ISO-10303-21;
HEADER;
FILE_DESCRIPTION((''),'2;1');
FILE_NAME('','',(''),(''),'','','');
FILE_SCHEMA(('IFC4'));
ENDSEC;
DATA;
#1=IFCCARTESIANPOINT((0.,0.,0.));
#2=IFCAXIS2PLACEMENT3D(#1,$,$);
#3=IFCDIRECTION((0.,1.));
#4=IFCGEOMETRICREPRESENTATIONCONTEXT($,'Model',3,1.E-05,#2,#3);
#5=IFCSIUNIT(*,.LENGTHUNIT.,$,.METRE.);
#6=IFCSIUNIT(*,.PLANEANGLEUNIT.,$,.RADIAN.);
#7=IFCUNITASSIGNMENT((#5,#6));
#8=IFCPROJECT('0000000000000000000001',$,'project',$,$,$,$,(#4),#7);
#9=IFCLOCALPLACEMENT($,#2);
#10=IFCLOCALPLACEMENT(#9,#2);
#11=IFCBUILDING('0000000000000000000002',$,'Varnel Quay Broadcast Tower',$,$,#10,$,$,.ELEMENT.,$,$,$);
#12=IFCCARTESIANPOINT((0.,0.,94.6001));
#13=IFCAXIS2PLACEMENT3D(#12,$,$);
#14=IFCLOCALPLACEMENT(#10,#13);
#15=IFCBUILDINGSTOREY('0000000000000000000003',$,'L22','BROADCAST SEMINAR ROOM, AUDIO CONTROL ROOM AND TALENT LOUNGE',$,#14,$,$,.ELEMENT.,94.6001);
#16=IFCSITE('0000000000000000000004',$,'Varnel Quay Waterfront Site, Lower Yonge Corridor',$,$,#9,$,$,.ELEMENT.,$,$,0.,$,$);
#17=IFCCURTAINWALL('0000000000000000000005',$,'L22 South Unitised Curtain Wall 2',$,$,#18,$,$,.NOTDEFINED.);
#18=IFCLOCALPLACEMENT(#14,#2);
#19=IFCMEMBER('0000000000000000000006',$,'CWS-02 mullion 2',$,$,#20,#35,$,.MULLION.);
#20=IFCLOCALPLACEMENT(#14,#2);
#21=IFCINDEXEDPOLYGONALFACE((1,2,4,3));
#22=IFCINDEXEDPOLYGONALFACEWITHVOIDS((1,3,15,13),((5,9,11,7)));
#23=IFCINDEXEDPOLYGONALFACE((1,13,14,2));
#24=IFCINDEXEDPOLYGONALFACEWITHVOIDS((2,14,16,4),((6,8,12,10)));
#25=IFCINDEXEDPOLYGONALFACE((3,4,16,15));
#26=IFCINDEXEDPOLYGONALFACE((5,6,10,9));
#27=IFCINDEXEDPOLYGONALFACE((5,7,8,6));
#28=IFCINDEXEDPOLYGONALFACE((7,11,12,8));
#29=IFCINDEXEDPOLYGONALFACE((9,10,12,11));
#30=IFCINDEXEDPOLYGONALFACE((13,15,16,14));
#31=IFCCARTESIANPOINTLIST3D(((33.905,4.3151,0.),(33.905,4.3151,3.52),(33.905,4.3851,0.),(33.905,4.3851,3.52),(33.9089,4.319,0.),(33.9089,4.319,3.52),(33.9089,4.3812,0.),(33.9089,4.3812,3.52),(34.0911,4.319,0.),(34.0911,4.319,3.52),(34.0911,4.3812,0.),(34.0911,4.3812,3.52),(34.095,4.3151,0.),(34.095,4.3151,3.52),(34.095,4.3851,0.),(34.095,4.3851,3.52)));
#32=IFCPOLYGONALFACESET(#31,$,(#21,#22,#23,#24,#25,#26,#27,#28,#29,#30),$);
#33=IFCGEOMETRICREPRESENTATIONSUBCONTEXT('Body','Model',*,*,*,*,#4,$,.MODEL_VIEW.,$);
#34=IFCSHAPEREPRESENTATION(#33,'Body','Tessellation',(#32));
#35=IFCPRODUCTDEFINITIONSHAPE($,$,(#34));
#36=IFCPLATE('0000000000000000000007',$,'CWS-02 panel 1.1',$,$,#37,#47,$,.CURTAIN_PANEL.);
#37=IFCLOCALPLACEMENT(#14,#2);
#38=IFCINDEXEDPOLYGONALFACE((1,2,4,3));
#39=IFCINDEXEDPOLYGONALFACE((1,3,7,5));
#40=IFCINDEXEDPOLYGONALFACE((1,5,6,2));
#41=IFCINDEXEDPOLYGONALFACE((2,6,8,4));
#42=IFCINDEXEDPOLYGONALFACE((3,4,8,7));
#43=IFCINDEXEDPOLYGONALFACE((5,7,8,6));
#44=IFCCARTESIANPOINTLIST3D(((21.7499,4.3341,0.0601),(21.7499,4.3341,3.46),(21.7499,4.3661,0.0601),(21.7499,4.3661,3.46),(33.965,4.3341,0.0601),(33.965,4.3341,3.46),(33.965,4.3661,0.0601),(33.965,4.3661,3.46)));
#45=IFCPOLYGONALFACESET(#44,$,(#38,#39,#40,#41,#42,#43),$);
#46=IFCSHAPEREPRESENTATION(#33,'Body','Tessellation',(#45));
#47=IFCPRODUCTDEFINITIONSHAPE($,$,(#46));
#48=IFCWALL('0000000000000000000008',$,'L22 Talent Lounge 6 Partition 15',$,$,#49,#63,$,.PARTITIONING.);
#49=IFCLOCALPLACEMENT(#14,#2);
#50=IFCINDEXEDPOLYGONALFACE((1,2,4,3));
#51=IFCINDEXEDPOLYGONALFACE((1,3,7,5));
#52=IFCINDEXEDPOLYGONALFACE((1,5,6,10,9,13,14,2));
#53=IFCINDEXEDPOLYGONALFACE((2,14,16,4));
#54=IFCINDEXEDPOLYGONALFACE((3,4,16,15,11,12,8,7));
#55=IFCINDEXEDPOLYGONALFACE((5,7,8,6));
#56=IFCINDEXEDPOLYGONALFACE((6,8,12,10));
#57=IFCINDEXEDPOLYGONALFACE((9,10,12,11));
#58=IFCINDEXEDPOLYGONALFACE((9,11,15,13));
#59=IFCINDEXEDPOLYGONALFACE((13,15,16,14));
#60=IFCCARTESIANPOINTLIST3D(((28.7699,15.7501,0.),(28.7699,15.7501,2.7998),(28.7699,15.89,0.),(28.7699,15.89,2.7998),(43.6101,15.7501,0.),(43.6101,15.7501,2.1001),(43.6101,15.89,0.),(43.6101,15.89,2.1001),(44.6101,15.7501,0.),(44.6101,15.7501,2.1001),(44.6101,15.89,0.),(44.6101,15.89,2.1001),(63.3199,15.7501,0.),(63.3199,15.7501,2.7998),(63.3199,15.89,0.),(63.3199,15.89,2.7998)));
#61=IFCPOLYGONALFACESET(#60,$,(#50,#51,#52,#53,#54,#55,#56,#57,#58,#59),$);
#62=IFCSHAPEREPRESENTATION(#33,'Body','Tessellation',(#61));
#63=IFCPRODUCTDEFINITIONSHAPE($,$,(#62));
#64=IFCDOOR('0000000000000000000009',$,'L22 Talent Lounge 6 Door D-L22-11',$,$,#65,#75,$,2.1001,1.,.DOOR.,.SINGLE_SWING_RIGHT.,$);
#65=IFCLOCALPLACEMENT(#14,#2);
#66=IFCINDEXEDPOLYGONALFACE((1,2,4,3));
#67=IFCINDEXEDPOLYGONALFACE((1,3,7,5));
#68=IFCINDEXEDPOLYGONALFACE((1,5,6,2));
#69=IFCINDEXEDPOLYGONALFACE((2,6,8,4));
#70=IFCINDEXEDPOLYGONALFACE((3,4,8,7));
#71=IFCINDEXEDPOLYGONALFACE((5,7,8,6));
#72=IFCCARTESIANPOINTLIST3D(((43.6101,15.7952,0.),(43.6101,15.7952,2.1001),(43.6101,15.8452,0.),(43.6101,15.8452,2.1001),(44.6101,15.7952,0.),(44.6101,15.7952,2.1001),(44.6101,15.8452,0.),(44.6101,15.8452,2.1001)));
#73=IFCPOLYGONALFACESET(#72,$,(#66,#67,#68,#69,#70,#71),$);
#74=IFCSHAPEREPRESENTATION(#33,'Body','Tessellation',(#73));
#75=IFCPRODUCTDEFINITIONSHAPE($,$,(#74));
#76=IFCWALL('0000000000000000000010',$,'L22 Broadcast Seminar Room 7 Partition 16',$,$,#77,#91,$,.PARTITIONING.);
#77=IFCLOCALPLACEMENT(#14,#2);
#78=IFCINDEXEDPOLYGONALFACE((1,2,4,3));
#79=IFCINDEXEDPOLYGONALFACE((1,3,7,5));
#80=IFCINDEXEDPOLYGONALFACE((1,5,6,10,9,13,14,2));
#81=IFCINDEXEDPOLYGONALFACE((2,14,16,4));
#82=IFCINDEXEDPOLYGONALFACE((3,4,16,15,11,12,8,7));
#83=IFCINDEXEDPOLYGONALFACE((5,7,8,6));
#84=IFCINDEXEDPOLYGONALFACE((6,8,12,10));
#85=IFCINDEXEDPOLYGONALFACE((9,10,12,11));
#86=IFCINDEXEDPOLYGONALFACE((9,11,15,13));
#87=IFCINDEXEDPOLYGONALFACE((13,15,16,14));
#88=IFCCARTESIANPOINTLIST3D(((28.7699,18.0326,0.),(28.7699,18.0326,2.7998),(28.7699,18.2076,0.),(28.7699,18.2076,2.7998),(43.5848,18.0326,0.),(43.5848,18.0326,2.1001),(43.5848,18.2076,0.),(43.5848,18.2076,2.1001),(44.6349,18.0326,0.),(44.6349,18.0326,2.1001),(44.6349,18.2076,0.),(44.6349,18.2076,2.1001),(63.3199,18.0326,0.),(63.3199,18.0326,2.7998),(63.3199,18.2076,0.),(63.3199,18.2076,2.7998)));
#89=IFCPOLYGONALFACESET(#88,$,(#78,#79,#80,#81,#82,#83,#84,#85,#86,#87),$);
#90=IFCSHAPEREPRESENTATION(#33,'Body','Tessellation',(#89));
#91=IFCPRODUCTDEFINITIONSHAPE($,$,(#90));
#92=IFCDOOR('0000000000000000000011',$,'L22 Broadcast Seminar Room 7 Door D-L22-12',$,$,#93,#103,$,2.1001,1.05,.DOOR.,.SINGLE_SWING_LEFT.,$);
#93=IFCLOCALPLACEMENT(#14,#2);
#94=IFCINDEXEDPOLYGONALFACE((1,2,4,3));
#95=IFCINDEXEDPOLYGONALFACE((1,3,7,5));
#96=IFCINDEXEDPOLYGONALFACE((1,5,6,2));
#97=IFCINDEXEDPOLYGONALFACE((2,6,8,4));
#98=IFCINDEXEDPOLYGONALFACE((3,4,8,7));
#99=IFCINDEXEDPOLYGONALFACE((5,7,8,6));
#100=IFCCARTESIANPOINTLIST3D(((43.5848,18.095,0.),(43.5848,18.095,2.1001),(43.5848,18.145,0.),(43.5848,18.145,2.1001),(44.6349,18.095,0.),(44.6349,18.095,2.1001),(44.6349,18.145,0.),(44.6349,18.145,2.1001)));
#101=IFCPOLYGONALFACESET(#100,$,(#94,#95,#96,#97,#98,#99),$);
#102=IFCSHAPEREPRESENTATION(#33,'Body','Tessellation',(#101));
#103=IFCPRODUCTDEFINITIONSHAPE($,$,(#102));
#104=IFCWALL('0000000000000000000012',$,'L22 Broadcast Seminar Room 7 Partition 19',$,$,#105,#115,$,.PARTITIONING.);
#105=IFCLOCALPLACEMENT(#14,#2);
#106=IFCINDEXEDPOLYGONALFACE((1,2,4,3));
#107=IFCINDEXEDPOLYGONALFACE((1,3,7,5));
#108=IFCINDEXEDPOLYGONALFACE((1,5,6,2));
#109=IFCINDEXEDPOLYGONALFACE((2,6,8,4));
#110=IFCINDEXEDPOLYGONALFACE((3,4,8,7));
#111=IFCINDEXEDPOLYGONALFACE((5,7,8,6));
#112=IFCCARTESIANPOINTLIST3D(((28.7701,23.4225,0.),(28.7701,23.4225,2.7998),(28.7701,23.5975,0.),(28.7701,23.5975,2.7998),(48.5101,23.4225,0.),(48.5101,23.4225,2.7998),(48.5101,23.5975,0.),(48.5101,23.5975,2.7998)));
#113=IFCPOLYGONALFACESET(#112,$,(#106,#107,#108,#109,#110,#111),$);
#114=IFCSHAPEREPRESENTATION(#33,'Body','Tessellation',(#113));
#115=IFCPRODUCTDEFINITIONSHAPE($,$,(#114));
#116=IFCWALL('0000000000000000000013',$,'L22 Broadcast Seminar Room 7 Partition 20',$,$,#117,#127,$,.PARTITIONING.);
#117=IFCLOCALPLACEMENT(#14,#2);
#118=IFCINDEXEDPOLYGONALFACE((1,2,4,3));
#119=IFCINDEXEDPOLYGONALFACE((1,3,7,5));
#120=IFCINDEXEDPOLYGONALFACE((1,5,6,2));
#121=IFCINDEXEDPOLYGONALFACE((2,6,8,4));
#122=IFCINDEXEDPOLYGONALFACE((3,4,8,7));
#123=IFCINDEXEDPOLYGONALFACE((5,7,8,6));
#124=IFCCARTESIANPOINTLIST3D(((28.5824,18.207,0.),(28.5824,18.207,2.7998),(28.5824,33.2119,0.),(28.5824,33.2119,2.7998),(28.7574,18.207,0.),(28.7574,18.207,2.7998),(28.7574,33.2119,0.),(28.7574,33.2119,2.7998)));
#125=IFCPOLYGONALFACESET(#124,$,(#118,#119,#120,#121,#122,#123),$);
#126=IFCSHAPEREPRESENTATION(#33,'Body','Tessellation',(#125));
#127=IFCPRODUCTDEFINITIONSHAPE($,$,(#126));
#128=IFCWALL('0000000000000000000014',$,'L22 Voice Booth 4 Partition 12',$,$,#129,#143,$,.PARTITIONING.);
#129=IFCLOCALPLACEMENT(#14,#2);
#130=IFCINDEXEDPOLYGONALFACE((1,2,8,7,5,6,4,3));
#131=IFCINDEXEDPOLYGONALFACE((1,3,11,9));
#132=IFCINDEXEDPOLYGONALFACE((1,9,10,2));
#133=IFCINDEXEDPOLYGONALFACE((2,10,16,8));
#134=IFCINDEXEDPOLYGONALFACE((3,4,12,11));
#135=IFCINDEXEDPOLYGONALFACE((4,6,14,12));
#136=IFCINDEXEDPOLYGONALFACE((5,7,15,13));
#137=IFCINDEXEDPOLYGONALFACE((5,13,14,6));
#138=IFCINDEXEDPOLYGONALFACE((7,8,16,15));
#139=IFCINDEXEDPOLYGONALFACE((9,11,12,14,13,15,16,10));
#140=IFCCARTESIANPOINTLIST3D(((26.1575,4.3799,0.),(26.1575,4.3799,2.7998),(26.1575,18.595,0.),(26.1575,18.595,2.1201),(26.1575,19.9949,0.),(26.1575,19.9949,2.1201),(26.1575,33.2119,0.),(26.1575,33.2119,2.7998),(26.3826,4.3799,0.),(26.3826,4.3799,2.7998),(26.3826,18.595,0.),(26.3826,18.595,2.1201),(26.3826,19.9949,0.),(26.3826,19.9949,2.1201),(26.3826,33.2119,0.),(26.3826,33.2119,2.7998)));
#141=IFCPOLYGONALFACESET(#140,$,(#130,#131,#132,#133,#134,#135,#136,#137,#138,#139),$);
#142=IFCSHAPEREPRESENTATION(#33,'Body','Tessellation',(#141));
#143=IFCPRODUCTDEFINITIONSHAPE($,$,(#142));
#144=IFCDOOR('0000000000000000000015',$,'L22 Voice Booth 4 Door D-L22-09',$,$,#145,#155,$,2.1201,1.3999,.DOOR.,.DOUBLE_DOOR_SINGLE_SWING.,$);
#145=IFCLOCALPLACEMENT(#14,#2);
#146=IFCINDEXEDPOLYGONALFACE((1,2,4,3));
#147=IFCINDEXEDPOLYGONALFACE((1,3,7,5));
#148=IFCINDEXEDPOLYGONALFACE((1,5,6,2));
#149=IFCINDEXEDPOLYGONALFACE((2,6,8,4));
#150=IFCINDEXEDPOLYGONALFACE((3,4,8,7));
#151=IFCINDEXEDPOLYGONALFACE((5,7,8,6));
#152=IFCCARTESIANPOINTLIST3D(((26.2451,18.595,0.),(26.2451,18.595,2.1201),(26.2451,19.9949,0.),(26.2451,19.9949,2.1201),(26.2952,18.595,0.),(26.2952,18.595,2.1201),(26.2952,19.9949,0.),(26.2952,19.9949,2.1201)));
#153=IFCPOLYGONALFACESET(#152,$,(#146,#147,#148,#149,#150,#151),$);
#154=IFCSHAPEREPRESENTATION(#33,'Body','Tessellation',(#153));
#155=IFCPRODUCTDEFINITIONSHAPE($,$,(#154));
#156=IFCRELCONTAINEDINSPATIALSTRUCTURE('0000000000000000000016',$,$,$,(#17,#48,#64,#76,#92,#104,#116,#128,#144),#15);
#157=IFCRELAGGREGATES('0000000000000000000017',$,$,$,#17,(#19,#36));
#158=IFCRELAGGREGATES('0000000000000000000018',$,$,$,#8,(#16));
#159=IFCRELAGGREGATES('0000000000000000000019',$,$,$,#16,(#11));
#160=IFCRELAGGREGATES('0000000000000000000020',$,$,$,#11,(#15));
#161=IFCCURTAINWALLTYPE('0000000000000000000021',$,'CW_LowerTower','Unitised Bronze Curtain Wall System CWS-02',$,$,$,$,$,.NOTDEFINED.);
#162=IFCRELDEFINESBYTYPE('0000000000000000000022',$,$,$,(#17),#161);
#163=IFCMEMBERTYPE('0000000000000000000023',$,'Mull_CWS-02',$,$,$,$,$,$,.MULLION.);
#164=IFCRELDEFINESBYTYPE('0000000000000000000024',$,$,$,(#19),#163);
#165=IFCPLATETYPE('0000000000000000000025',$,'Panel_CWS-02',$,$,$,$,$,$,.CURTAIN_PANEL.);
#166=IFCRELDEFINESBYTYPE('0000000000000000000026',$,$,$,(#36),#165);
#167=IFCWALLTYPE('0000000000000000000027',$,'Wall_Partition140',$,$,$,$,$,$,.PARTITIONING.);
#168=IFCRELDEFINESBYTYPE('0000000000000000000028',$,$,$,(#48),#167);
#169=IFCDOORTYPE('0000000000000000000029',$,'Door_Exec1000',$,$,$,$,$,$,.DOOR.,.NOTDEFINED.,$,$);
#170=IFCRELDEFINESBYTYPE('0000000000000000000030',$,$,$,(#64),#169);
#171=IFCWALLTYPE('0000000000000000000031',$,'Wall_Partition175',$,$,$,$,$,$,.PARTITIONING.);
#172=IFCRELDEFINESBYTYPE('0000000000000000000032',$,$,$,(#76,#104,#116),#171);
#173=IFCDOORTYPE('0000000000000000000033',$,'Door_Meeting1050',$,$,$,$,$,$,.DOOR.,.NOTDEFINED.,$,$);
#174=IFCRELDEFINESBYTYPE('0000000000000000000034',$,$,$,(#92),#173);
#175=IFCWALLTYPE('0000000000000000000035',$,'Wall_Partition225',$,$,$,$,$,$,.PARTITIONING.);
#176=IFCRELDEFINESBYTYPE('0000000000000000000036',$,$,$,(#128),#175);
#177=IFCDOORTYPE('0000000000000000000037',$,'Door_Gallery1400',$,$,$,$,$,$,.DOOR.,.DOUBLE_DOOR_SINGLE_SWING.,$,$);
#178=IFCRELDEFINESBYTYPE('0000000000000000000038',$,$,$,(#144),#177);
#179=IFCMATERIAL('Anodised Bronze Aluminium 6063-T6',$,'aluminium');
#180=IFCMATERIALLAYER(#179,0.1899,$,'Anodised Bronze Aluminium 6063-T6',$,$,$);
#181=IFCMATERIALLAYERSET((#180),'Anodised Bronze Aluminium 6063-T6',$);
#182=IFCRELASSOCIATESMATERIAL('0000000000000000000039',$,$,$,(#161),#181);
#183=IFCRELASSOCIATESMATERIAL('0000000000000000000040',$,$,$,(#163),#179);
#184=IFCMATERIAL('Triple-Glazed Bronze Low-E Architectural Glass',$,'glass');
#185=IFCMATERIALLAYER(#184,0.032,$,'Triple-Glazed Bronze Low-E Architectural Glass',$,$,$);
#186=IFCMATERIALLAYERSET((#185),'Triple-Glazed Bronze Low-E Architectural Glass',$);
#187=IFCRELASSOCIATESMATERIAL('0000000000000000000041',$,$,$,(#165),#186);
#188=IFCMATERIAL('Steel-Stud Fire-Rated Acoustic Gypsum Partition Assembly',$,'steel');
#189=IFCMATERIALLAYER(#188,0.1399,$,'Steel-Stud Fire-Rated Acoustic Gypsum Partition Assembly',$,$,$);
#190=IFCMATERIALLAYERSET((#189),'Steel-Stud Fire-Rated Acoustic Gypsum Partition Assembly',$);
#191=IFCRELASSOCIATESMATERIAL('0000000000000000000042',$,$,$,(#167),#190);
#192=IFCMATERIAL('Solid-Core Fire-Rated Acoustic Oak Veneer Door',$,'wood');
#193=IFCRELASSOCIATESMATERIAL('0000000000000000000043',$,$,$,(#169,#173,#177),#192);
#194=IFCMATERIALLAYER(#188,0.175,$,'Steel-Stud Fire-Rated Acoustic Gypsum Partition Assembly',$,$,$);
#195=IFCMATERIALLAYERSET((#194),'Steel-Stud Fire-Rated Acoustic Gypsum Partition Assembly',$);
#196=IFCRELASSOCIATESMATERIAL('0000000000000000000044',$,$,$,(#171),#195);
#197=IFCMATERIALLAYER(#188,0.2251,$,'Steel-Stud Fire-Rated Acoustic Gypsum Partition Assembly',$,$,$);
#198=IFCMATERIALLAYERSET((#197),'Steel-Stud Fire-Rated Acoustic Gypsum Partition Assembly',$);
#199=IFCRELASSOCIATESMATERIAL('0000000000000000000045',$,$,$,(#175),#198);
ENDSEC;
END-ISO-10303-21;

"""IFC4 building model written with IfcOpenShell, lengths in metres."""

from ifc_helpers import new_model, si_unit, direction, frame, frame_2d, origin, origin_2d, place, context, subcontext, project, spatial, rectangle, hollow_rectangle, extrude, source, transform, mapped, material, layer, layer_set, material_profile, profile_set, type_object, type_shapes, element, fill, aggregate, save


model = new_model("IFC4")

# Units and contexts
model_context = context("Model", 3, precision=1e-05, world=origin(), true_north=direction((0.0, 1.0)))
body_context = subcontext(model_context, "Body", "Model", "MODEL_VIEW")
ifc_project = project(units=[si_unit("LENGTHUNIT", "METRE"), si_unit("PLANEANGLEUNIT", "RADIAN")], contexts=[model_context])

# Site, building, storey
site_placement = place(None, origin())
site = spatial("IfcSite", under=ifc_project, at=site_placement, Name="Varnel Quay Waterfront Site, Lower Yonge Corridor", CompositionType="ELEMENT", RefElevation=0.0)
building_placement = place(site_placement, origin())
building = spatial("IfcBuilding", under=site, at=building_placement, Name="Varnel Quay Broadcast Tower", CompositionType="ELEMENT")
storey_placement = place(building_placement, frame((0.0, 0.0, 94.6001)))
storey = spatial("IfcBuildingStorey", under=building, at=storey_placement, Name="L22", Description="BROADCAST SEMINAR ROOM, AUDIO CONTROL ROOM AND TALENT LOUNGE", CompositionType="ELEMENT", Elevation=94.6001)

# Curtain wall, member, plate
ifc_material_1 = material(Name="Anodised Bronze Aluminium 6063-T6", Category="aluminium")
ifc_layer_1 = layer(ifc_material_1, 0.1899, Name="Anodised Bronze Aluminium 6063-T6")
ifc_layer_set_1 = layer_set([ifc_layer_1], Name="Anodised Bronze Aluminium 6063-T6")
curtain_wall_type = type_object("IfcCurtainWallType", Name="CW_LowerTower", Description="Unitised Bronze Curtain Wall System CWS-02", PredefinedType="NOTDEFINED", material=ifc_layer_set_1)
curtain_wall_placement = place(storey_placement, origin())
curtain_wall = element("IfcCurtainWall", 1, at=curtain_wall_placement, inside=storey, type_object=curtain_wall_type, Name="L22 South Unitised Curtain Wall 2", PredefinedType="NOTDEFINED")
ifc_material_profile_1 = material_profile(ifc_material_1, hollow_rectangle(XDim=0.0701, YDim=0.1899, WallThickness=0.0039, at=origin_2d()), Name="ALU70X190X4")
ifc_profile_set_1 = profile_set([ifc_material_profile_1], Name="Anodised Bronze Aluminium 6063-T6")
member_type_1 = type_object("IfcMemberType", Name="Mull_CWS-02", PredefinedType="MULLION", material=ifc_profile_set_1)
shared_shape_1 = source(origin(), body_context, "Body", "SweptSolid", [
    extrude(hollow_rectangle(XDim=0.0701, YDim=0.1899, WallThickness=0.0039, at=origin_2d()), origin(), (0.0, 0.0, 1.0), 3.52),
])
type_shapes(member_type_1, [shared_shape_1])
member_1_placement = place(storey_placement, frame((34.0, 4.3501, 0.0), z_axis=(0.0, 0.0, 1.0), x_axis=(0.0, 1.0, 0.0)))
member_1 = element("IfcMember", 2, at=member_1_placement, type_object=member_type_1, Name="CWS-02 mullion 2", PredefinedType="MULLION", context=body_context, shape_type="MappedRepresentation", body=[
    mapped(shared_shape_1, transform((0.0, 0.0, 0.0), x_axis=(1.0, 0.0, 0.0), y_axis=(0.0, 1.0, 0.0), z_axis=(0.0, 0.0, 1.0), scale=1.0)),
])
ifc_material_2 = material(Name="Triple-Glazed Bronze Low-E Architectural Glass", Category="glass")
ifc_layer_2 = layer(ifc_material_2, 0.032, Name="Triple-Glazed Bronze Low-E Architectural Glass")
ifc_layer_set_2 = layer_set([ifc_layer_2], Name="Triple-Glazed Bronze Low-E Architectural Glass")
plate_type = type_object("IfcPlateType", Name="Panel_CWS-02", PredefinedType="CURTAIN_PANEL", material=ifc_layer_set_2)
shared_shape_2 = source(origin(), body_context, "Body", "SweptSolid", [
    extrude(rectangle(XDim=12.2151, YDim=0.032, at=origin_2d()), origin(), (0.0, 0.0, 1.0), 3.3999),
])
type_shapes(plate_type, [shared_shape_2])
plate_placement = place(storey_placement, frame((27.8574, 4.3501, 0.0601), z_axis=(0.0, 0.0, 1.0), x_axis=(1.0, 0.0, 0.0)))
plate = element("IfcPlate", 3, at=plate_placement, type_object=plate_type, Name="CWS-02 panel 1.1", PredefinedType="CURTAIN_PANEL", context=body_context, shape_type="MappedRepresentation", body=[
    mapped(shared_shape_2, transform((0.0, 0.0, 0.0), x_axis=(1.0, 0.0, 0.0), y_axis=(0.0, 1.0, 0.0), z_axis=(0.0, 0.0, 1.0), scale=1.0)),
])
aggregate(curtain_wall, [member_1, plate])

# Walls, openings, doors
ifc_material_3 = material(Name="Steel-Stud Fire-Rated Acoustic Gypsum Partition Assembly", Category="steel")
ifc_layer_3 = layer(ifc_material_3, 0.1399, Name="Steel-Stud Fire-Rated Acoustic Gypsum Partition Assembly")
ifc_layer_set_3 = layer_set([ifc_layer_3], Name="Steel-Stud Fire-Rated Acoustic Gypsum Partition Assembly")
wall_type_1 = type_object("IfcWallType", Name="Wall_Partition140", PredefinedType="PARTITIONING", material=ifc_layer_set_3)
wall_1_placement = place(storey_placement, frame((28.77, 15.8201, 0.0), z_axis=(0.0, 0.0, 1.0), x_axis=(1.0, 0.0, 0.0)))
wall_1 = element("IfcWall", 4, at=wall_1_placement, inside=storey, type_object=wall_type_1, Name="L22 Talent Lounge 6 Partition 15", PredefinedType="PARTITIONING", context=body_context, shape_type="SweptSolid", body=[
    extrude(rectangle(XDim=34.55, YDim=0.1399, at=frame_2d((17.2749, 0.0))), origin(), (0.0, 0.0, 1.0), 2.7998),
])
opening_1_placement = place(wall_1_placement, frame((14.8401, 0.0, 0.0)))
opening_1 = element("IfcOpeningElement", 5, at=opening_1_placement, cuts=wall_1, PredefinedType="OPENING", context=body_context, shape_type="SweptSolid", body=[
    extrude(rectangle(XDim=1.0, YDim=2.1001, at=frame_2d((0.5, 1.05))), frame((0.0, 0.0801, 0.0), z_axis=(0.0, -1.0, 0.0), x_axis=(1.0, 0.0, 0.0)), (0.0, 0.0, 1.0), 0.1599),
])
ifc_material_4 = material(Name="Solid-Core Fire-Rated Acoustic Oak Veneer Door", Category="wood")
door_type_1 = type_object("IfcDoorType", Name="Door_Exec1000", OperationType="NOTDEFINED", PredefinedType="DOOR", material=ifc_material_4)
shared_shape_3 = source(origin(), body_context, "Body", "SweptSolid", [
    extrude(rectangle(XDim=1.0, YDim=2.1001, at=frame_2d((0.5, 1.05))), frame((0.0, 0.0249, 0.0), z_axis=(0.0, -1.0, 0.0), x_axis=(1.0, 0.0, 0.0)), (0.0, 0.0, 1.0), 0.05),
])
type_shapes(door_type_1, [shared_shape_3])
door_1_placement = place(opening_1_placement, frame((1.0, 0.0, 0.0), z_axis=(0.0, 0.0, 1.0), x_axis=(-1.0, 0.0, 0.0)))
door_1 = element("IfcDoor", 6, at=door_1_placement, inside=storey, type_object=door_type_1, Name="L22 Talent Lounge 6 Door D-L22-11", OperationType="SINGLE_SWING_RIGHT", OverallHeight=2.1001, OverallWidth=1.0, PredefinedType="DOOR", context=body_context, shape_type="MappedRepresentation", body=[
    mapped(shared_shape_3, transform((0.0, 0.0, 0.0), x_axis=(1.0, 0.0, 0.0), y_axis=(0.0, 1.0, 0.0), z_axis=(0.0, 0.0, 1.0), scale=1.0)),
])
fill(opening_1, door_1)
ifc_layer_4 = layer(ifc_material_3, 0.175, Name="Steel-Stud Fire-Rated Acoustic Gypsum Partition Assembly")
ifc_layer_set_4 = layer_set([ifc_layer_4], Name="Steel-Stud Fire-Rated Acoustic Gypsum Partition Assembly")
wall_type_2 = type_object("IfcWallType", Name="Wall_Partition175", PredefinedType="PARTITIONING", material=ifc_layer_set_4)
wall_2_placement = place(storey_placement, frame((28.77, 18.1201, 0.0), z_axis=(0.0, 0.0, 1.0), x_axis=(1.0, 0.0, 0.0)))
wall_2 = element("IfcWall", 7, at=wall_2_placement, inside=storey, type_object=wall_type_2, Name="L22 Broadcast Seminar Room 7 Partition 16", PredefinedType="PARTITIONING", context=body_context, shape_type="SweptSolid", body=[
    extrude(rectangle(XDim=34.55, YDim=0.175, at=frame_2d((17.2749, 0.0))), origin(), (0.0, 0.0, 1.0), 2.7998),
])
opening_2_placement = place(wall_2_placement, frame((14.8149, 0.0, 0.0)))
opening_2 = element("IfcOpeningElement", 8, at=opening_2_placement, cuts=wall_2, PredefinedType="OPENING", context=body_context, shape_type="SweptSolid", body=[
    extrude(rectangle(XDim=1.05, YDim=2.1001, at=frame_2d((0.5249, 1.05))), frame((0.0, 0.0977, 0.0), z_axis=(0.0, -1.0, 0.0), x_axis=(1.0, 0.0, 0.0)), (0.0, 0.0, 1.0), 0.1951),
])
door_type_2 = type_object("IfcDoorType", Name="Door_Meeting1050", OperationType="NOTDEFINED", PredefinedType="DOOR", material=ifc_material_4)
shared_shape_4 = source(origin(), body_context, "Body", "SweptSolid", [
    extrude(rectangle(XDim=1.05, YDim=2.1001, at=frame_2d((0.5249, 1.05))), frame((0.0, 0.0249, 0.0), z_axis=(0.0, -1.0, 0.0), x_axis=(1.0, 0.0, 0.0)), (0.0, 0.0, 1.0), 0.05),
])
type_shapes(door_type_2, [shared_shape_4])
door_2_placement = place(opening_2_placement, origin())
door_2 = element("IfcDoor", 9, at=door_2_placement, inside=storey, type_object=door_type_2, Name="L22 Broadcast Seminar Room 7 Door D-L22-12", OperationType="SINGLE_SWING_LEFT", OverallHeight=2.1001, OverallWidth=1.05, PredefinedType="DOOR", context=body_context, shape_type="MappedRepresentation", body=[
    mapped(shared_shape_4, transform((0.0, 0.0, 0.0), x_axis=(1.0, 0.0, 0.0), y_axis=(0.0, 1.0, 0.0), z_axis=(0.0, 0.0, 1.0), scale=1.0)),
])
fill(opening_2, door_2)

# Walls
wall_3_placement = place(storey_placement, frame((28.77, 23.51, 0.0), z_axis=(0.0, 0.0, 1.0), x_axis=(1.0, 0.0, 0.0)))
element("IfcWall", 10, at=wall_3_placement, inside=storey, type_object=wall_type_2, Name="L22 Broadcast Seminar Room 7 Partition 19", PredefinedType="PARTITIONING", context=body_context, shape_type="SweptSolid", body=[
    extrude(rectangle(XDim=19.74, YDim=0.175, at=frame_2d((9.8701, 0.0))), origin(), (0.0, 0.0, 1.0), 2.7998),
])
wall_4_placement = place(storey_placement, frame((28.6699, 18.207, 0.0), z_axis=(0.0, 0.0, 1.0), x_axis=(0.0, 1.0, 0.0)))
element("IfcWall", 11, at=wall_4_placement, inside=storey, type_object=wall_type_2, Name="L22 Broadcast Seminar Room 7 Partition 20", PredefinedType="PARTITIONING", context=body_context, shape_type="SweptSolid", body=[
    extrude(rectangle(XDim=15.0049, YDim=0.175, at=frame_2d((7.5024, 0.0))), origin(), (0.0, 0.0, 1.0), 2.7998),
])

# Wall, opening, door
ifc_layer_5 = layer(ifc_material_3, 0.2251, Name="Steel-Stud Fire-Rated Acoustic Gypsum Partition Assembly")
ifc_layer_set_5 = layer_set([ifc_layer_5], Name="Steel-Stud Fire-Rated Acoustic Gypsum Partition Assembly")
wall_type_3 = type_object("IfcWallType", Name="Wall_Partition225", PredefinedType="PARTITIONING", material=ifc_layer_set_5)
wall_5_placement = place(storey_placement, frame((26.27, 4.3799, 0.0), z_axis=(0.0, 0.0, 1.0), x_axis=(0.0, 1.0, 0.0)))
wall_5 = element("IfcWall", 12, at=wall_5_placement, inside=storey, type_object=wall_type_3, Name="L22 Voice Booth 4 Partition 12", PredefinedType="PARTITIONING", context=body_context, shape_type="SweptSolid", body=[
    extrude(rectangle(XDim=28.832, YDim=0.2251, at=frame_2d((14.416, 0.0))), origin(), (0.0, 0.0, 1.0), 2.7998),
])
opening_3_placement = place(wall_5_placement, frame((14.2151, 0.0, 0.0)))
opening_3 = element("IfcOpeningElement", 13, at=opening_3_placement, cuts=wall_5, PredefinedType="OPENING", context=body_context, shape_type="SweptSolid", body=[
    extrude(rectangle(XDim=1.3999, YDim=2.1201, at=frame_2d((0.7, 1.0601))), frame((0.0, 0.1226, 0.0), z_axis=(0.0, -1.0, 0.0), x_axis=(1.0, 0.0, 0.0)), (0.0, 0.0, 1.0), 0.2451),
])
door_type_3 = type_object("IfcDoorType", Name="Door_Gallery1400", OperationType="DOUBLE_DOOR_SINGLE_SWING", PredefinedType="DOOR", material=ifc_material_4)
shared_shape_5 = source(origin(), body_context, "Body", "SweptSolid", [
    extrude(rectangle(XDim=1.3999, YDim=2.1201, at=frame_2d((0.7, 1.0601))), frame((0.0, 0.0249, 0.0), z_axis=(0.0, -1.0, 0.0), x_axis=(1.0, 0.0, 0.0)), (0.0, 0.0, 1.0), 0.05),
])
type_shapes(door_type_3, [shared_shape_5])
door_3_placement = place(opening_3_placement, origin())
door_3 = element("IfcDoor", 14, at=door_3_placement, inside=storey, type_object=door_type_3, Name="L22 Voice Booth 4 Door D-L22-09", OperationType="DOUBLE_DOOR_SINGLE_SWING", OverallHeight=2.1201, OverallWidth=1.3999, PredefinedType="DOOR", context=body_context, shape_type="MappedRepresentation", body=[
    mapped(shared_shape_5, transform((0.0, 0.0, 0.0), x_axis=(1.0, 0.0, 0.0), y_axis=(0.0, 1.0, 0.0), z_axis=(0.0, 0.0, 1.0), scale=1.0)),
])
fill(opening_3, door_3)

save(model, "model.ifc")
